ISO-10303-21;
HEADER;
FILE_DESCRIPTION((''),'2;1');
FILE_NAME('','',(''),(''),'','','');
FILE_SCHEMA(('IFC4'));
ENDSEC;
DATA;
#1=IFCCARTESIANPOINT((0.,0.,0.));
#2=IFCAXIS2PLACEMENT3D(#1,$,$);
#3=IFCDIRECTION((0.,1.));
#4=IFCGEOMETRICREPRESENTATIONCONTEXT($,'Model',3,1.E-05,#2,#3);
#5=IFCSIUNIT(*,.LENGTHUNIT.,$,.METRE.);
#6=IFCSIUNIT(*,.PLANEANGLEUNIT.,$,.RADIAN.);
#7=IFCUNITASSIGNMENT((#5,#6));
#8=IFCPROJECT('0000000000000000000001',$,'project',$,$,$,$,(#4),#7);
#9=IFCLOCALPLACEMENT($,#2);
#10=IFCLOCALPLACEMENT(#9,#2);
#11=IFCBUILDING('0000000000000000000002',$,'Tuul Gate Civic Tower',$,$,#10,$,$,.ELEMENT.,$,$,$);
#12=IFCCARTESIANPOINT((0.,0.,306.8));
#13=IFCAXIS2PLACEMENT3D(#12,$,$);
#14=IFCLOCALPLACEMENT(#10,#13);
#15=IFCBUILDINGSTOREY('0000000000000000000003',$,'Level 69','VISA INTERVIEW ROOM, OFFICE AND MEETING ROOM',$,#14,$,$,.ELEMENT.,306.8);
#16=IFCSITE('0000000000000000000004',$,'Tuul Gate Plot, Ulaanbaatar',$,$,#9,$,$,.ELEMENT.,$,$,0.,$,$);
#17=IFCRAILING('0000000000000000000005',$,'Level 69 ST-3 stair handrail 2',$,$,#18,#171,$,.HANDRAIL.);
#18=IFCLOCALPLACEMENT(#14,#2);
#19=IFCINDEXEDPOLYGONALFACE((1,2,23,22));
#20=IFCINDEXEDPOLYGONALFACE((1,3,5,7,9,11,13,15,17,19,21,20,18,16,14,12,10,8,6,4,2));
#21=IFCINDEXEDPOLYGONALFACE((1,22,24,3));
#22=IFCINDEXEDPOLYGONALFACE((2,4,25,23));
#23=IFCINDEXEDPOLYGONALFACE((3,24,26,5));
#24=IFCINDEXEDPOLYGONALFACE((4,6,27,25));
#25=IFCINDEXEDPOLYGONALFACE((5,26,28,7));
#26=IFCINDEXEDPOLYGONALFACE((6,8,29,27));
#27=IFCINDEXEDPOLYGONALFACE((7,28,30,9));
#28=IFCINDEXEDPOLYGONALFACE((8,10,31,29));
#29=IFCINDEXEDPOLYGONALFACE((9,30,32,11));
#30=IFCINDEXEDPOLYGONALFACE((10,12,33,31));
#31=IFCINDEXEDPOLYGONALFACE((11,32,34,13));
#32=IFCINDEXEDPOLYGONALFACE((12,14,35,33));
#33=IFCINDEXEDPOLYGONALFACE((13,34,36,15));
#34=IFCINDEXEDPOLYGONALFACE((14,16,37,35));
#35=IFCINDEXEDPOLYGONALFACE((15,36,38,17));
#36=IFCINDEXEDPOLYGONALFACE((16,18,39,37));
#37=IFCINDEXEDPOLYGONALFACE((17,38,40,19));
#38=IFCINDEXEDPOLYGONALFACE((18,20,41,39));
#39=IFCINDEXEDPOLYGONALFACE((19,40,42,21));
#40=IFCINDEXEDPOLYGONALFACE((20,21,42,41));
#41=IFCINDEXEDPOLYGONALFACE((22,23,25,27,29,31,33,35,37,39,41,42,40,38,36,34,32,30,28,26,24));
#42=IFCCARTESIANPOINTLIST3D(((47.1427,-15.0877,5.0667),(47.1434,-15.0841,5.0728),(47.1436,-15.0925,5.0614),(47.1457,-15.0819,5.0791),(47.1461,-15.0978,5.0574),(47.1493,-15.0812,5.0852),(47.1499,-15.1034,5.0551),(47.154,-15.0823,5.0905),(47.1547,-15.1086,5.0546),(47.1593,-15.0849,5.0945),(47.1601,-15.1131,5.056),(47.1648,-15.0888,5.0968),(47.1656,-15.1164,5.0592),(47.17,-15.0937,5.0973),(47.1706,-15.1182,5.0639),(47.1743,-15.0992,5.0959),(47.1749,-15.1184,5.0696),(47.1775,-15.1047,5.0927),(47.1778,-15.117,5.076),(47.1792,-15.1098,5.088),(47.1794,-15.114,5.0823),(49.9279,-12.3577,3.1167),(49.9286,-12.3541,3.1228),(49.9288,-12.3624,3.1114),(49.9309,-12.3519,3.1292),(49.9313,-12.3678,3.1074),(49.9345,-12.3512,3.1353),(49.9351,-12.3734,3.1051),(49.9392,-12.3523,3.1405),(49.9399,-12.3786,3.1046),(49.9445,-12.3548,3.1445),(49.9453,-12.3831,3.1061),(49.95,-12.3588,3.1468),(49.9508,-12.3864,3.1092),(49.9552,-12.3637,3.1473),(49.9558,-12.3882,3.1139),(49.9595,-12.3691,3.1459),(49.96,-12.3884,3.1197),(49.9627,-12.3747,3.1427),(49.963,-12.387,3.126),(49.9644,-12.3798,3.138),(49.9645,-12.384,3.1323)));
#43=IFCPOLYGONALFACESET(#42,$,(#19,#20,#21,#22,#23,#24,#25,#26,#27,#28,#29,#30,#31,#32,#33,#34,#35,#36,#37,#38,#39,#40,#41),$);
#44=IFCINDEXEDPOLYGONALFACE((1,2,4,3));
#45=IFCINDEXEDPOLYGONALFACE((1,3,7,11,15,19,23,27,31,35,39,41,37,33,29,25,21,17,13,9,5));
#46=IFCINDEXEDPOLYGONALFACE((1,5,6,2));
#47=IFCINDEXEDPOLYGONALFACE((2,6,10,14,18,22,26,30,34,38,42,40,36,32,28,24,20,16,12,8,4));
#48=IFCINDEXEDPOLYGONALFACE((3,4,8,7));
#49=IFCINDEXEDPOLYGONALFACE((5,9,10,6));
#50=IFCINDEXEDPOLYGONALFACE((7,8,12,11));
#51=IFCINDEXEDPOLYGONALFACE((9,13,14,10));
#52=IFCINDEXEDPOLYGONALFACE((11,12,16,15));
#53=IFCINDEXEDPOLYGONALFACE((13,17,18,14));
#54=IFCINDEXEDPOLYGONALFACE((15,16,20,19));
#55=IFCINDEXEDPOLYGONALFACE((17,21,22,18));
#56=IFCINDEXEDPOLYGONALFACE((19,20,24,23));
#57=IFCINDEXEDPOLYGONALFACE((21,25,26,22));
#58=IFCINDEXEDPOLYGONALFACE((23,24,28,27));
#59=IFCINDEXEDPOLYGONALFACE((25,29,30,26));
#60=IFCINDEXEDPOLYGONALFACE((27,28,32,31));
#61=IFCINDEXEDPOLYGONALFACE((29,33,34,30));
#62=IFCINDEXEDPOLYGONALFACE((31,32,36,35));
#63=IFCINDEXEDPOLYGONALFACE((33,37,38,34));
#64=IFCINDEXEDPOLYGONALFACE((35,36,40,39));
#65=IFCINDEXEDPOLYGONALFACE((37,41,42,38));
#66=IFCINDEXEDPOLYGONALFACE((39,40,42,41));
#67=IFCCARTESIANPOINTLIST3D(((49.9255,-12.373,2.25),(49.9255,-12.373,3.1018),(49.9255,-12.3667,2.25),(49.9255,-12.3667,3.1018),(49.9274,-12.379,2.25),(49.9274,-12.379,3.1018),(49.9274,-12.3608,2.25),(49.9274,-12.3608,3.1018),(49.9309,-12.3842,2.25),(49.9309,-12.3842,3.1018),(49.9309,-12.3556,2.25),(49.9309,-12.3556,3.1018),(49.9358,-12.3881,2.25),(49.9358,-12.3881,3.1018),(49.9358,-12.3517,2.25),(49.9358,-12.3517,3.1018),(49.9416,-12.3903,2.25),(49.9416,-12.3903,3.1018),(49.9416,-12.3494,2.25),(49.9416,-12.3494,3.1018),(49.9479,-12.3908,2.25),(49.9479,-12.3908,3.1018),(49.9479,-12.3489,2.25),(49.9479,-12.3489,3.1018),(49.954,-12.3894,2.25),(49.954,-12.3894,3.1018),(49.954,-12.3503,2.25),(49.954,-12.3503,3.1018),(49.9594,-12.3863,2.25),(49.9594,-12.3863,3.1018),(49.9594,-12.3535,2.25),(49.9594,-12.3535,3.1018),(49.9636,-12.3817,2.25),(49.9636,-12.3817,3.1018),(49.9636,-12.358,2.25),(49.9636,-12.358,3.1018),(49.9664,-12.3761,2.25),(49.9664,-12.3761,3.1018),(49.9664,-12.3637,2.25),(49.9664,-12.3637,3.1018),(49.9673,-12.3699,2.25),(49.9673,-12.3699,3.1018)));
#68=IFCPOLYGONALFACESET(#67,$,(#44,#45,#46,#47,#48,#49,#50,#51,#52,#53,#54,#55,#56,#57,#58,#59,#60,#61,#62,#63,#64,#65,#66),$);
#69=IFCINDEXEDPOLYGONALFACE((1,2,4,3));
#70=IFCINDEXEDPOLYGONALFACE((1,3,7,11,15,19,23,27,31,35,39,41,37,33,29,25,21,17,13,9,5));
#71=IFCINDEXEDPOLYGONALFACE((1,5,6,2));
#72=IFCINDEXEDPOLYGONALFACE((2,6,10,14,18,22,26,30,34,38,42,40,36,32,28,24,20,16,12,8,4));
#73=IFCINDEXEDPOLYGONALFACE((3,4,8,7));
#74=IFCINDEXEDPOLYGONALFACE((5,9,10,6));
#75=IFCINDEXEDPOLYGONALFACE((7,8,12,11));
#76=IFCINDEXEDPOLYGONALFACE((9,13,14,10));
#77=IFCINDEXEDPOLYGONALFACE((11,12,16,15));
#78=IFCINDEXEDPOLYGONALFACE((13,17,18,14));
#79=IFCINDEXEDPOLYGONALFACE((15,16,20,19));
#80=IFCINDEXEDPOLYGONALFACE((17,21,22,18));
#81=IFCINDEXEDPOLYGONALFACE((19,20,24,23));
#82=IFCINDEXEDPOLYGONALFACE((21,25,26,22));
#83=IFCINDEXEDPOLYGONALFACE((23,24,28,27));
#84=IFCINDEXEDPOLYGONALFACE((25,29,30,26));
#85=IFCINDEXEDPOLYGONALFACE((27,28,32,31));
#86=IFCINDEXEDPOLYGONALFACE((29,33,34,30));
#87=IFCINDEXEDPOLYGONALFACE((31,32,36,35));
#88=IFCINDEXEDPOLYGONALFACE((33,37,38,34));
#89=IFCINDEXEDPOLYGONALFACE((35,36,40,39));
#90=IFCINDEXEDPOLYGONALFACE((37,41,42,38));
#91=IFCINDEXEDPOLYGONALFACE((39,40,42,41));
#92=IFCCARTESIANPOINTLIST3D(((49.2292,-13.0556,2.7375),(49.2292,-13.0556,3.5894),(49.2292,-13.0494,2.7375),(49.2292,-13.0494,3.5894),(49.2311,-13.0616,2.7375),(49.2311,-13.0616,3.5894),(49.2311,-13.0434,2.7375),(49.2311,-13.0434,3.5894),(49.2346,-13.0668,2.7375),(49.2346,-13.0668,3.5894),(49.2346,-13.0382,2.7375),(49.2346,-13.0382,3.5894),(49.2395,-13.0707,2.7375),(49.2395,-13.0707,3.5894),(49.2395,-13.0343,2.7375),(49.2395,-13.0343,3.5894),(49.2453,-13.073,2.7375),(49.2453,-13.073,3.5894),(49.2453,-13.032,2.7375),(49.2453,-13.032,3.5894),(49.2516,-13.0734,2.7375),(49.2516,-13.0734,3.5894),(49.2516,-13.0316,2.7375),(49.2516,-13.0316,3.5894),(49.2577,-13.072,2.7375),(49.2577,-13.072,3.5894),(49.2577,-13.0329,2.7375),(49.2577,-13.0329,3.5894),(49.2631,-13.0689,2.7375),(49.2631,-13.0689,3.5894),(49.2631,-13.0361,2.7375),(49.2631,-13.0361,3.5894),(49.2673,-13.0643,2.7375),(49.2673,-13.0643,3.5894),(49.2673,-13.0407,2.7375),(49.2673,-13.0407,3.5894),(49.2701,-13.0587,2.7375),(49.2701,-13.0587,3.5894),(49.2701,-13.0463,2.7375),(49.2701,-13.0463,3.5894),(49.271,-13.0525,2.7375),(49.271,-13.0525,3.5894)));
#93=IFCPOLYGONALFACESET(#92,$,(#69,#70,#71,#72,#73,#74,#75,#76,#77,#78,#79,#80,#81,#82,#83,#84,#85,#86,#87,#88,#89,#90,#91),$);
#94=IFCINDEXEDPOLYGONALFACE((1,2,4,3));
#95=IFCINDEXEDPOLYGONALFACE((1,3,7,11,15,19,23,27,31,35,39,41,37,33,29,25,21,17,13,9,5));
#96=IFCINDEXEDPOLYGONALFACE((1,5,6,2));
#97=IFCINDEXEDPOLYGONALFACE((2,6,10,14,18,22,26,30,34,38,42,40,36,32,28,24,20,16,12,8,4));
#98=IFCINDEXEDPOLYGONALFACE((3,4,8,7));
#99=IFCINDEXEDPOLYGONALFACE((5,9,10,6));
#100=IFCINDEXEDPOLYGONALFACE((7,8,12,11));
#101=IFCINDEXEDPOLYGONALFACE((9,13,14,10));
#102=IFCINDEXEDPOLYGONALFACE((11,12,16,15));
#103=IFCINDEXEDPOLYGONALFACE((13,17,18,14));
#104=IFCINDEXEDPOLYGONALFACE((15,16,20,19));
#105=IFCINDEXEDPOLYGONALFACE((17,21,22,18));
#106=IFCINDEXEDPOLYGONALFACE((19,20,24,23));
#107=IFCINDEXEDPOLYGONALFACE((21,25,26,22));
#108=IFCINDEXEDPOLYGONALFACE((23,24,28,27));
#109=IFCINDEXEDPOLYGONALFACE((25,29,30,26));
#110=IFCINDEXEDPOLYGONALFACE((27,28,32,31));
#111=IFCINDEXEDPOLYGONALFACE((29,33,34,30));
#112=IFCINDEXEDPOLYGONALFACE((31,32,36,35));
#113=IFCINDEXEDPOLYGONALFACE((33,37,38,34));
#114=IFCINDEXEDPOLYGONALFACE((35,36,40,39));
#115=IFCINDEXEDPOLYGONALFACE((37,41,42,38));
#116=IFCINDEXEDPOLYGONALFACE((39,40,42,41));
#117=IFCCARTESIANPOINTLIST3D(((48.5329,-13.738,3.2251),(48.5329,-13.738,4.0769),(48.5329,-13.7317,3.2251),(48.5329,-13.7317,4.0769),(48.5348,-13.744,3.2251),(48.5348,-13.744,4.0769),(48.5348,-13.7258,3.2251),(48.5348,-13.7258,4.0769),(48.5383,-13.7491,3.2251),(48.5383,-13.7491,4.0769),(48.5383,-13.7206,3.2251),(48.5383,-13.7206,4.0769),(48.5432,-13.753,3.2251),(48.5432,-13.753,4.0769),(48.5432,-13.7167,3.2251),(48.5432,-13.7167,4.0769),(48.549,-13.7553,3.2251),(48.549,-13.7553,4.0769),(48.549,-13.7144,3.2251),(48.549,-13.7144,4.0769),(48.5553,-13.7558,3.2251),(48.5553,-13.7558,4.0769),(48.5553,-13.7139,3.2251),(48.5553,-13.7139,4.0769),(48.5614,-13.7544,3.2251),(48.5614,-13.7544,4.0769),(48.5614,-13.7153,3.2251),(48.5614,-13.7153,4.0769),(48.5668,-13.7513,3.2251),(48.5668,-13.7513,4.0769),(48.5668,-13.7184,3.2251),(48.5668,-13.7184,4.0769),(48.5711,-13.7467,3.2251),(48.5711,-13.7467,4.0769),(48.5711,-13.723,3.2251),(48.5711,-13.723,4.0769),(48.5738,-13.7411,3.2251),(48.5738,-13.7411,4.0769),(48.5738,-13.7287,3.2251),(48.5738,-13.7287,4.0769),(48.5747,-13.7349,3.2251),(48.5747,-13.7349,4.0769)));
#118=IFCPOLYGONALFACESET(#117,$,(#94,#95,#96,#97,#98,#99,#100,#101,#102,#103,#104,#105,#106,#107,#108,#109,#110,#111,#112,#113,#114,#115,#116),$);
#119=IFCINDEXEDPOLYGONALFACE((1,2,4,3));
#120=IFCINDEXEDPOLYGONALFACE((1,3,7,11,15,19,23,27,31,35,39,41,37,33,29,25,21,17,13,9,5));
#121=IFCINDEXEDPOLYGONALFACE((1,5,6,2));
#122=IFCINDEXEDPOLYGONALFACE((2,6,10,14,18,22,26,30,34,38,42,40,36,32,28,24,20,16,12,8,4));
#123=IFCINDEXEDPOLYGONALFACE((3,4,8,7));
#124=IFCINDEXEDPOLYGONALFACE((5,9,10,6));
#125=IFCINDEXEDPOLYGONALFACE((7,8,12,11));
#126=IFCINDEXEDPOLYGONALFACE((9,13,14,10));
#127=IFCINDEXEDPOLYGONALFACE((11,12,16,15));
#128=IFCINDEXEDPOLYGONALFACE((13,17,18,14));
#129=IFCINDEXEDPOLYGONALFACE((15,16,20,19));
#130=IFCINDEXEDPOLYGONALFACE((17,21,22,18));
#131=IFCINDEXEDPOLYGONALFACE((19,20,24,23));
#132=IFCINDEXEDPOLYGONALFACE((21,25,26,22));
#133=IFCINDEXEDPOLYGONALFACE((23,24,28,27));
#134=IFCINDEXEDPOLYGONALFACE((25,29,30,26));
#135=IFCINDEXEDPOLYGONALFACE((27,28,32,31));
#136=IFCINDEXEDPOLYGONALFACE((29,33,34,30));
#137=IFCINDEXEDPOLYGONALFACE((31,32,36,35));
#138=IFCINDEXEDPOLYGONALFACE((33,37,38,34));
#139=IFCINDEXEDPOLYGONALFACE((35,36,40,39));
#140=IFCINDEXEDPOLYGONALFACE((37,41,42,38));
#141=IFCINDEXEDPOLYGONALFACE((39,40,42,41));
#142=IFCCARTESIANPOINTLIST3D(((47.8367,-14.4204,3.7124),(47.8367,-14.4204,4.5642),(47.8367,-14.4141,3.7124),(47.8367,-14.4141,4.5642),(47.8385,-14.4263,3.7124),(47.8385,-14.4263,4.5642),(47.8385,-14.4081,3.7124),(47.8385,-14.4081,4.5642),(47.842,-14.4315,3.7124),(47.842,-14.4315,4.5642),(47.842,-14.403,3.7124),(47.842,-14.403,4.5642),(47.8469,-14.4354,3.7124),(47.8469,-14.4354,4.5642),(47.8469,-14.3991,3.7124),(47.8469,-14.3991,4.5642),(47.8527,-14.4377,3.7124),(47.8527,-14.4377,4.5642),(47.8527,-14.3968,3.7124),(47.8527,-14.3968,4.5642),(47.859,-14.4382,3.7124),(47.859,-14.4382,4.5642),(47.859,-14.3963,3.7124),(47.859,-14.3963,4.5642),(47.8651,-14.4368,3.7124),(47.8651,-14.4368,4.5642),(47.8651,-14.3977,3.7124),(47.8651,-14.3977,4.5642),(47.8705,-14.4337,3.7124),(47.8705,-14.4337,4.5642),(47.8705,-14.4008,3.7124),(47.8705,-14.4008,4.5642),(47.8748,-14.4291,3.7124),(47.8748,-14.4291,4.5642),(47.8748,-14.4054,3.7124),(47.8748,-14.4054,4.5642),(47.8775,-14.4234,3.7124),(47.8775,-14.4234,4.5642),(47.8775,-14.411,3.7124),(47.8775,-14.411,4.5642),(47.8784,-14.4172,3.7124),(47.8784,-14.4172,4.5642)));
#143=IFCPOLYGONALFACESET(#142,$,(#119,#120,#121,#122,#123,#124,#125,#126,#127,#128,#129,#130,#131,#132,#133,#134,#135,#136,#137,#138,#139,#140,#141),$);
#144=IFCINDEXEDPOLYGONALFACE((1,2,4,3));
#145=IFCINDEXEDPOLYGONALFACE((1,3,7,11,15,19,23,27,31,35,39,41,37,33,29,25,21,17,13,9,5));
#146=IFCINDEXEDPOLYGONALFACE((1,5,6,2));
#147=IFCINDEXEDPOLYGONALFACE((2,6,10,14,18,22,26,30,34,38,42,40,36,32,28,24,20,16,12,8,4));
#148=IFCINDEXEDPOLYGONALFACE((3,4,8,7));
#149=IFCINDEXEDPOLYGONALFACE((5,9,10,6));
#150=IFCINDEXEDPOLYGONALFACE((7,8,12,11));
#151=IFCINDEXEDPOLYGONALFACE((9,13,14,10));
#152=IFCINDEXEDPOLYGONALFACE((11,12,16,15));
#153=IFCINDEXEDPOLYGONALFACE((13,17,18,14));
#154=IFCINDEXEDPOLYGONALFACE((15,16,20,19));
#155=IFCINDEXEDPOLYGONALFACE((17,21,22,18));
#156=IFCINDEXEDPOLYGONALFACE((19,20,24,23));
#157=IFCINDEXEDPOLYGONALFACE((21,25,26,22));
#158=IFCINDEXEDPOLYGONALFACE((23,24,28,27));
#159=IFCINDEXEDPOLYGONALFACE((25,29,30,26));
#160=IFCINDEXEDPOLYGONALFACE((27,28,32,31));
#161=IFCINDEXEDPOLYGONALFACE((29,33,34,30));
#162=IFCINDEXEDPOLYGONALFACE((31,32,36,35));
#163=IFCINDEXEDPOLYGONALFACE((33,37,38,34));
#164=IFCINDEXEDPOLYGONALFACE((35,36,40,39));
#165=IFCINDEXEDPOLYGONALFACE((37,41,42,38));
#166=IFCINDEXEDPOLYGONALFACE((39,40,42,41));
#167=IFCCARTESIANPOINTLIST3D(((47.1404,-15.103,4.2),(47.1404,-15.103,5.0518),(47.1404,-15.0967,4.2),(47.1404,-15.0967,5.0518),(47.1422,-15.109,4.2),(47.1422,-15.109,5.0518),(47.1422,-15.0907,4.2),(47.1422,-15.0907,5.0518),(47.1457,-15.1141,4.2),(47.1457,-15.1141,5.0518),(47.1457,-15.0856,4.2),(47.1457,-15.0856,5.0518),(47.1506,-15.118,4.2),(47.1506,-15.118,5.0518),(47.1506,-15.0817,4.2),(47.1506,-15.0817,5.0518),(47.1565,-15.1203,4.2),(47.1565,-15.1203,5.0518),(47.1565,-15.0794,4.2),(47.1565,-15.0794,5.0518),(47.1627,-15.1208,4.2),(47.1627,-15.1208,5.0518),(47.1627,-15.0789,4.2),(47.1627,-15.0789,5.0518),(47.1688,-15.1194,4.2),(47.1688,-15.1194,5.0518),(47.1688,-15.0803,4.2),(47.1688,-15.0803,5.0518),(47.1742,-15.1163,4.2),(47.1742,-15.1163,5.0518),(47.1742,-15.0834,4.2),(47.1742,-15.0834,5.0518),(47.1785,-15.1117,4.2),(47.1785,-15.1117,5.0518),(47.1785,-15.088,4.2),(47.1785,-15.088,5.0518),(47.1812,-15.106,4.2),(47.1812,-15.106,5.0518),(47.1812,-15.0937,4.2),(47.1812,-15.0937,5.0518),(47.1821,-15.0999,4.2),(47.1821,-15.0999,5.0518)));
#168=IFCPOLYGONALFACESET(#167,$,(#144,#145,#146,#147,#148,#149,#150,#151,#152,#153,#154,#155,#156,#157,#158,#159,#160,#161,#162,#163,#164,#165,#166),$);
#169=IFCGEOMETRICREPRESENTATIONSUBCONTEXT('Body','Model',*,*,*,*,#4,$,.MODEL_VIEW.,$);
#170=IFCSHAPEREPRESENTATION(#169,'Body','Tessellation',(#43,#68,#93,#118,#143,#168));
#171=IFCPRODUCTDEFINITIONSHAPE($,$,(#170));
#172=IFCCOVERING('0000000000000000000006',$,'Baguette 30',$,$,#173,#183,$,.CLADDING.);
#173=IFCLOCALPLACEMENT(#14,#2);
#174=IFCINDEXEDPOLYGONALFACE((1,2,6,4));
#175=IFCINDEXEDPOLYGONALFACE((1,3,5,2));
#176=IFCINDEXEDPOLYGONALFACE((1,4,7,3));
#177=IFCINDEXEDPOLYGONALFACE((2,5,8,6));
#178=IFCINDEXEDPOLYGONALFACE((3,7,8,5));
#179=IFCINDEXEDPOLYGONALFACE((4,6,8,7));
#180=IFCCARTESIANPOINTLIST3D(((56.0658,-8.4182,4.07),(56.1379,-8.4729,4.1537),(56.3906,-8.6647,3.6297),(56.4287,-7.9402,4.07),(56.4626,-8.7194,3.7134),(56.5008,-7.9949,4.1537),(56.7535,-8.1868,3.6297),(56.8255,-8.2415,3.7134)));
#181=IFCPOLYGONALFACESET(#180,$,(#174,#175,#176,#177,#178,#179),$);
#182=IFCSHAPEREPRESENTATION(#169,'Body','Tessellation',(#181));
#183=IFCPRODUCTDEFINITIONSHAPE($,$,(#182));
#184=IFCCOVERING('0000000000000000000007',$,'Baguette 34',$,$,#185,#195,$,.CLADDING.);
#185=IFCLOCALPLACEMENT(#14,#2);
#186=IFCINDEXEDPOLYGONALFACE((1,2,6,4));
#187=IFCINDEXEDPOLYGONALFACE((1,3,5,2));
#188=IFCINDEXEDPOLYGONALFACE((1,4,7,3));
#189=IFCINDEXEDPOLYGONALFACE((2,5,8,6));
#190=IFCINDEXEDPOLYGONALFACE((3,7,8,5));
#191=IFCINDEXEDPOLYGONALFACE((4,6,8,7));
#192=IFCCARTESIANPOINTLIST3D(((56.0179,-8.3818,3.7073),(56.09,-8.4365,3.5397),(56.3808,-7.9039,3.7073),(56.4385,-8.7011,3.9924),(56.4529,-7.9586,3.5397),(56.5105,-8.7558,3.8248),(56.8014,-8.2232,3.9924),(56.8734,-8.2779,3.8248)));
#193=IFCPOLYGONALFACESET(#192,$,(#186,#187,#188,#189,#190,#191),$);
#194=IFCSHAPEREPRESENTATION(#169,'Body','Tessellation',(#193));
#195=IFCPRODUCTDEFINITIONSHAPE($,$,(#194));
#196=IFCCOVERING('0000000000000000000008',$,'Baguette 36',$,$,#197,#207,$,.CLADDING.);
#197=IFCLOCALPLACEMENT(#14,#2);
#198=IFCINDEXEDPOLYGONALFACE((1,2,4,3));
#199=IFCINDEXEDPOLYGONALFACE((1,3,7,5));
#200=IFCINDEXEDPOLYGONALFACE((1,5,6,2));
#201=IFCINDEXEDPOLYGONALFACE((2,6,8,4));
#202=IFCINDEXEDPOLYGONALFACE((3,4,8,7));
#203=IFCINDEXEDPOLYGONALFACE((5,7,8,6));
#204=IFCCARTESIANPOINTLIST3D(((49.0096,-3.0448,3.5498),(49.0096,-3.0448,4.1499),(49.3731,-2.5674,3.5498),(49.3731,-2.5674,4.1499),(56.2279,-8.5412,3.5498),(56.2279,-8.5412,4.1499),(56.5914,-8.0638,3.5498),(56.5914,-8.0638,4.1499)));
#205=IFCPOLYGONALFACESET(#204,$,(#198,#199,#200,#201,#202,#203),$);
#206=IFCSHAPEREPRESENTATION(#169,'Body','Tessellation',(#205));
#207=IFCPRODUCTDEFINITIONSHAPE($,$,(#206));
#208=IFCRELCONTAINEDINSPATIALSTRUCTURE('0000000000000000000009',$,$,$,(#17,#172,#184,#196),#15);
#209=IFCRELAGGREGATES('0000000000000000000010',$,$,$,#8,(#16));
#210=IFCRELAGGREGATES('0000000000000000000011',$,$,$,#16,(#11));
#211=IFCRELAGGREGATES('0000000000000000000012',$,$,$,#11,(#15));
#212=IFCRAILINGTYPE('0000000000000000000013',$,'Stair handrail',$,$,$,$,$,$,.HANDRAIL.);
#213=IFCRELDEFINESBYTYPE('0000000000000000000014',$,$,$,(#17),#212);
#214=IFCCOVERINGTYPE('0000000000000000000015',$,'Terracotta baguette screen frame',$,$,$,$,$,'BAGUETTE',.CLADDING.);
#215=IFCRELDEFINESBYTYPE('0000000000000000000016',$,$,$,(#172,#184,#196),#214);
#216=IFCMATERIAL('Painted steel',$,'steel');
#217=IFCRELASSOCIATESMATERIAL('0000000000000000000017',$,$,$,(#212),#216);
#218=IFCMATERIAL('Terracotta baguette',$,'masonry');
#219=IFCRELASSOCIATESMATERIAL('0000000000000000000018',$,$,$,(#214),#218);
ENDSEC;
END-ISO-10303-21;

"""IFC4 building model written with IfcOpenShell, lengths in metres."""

from ifc_helpers import new_model, si_unit, direction, frame, origin, origin_2d, place, context, subcontext, project, spatial, rectangle, circle, extrude, material, material_profile, profile_set, type_object, element, save


model = new_model("IFC4")

# Units and contexts
model_context = context("Model", 3, precision=1e-05, world=origin(), true_north=direction((0.0, 1.0)))
body_context = subcontext(model_context, "Body", "Model", "MODEL_VIEW")
ifc_project = project(units=[si_unit("LENGTHUNIT", "METRE"), si_unit("PLANEANGLEUNIT", "RADIAN")], contexts=[model_context])

# Site, building, storey
site_placement = place(None, origin())
site = spatial("IfcSite", under=ifc_project, at=site_placement, Name="Tuul Gate Plot, Ulaanbaatar", CompositionType="ELEMENT", RefElevation=0.0)
building_placement = place(site_placement, origin())
building = spatial("IfcBuilding", under=site, at=building_placement, Name="Tuul Gate Civic Tower", CompositionType="ELEMENT")
storey_placement = place(building_placement, frame((0.0, 0.0, 306.8)))
storey = spatial("IfcBuildingStorey", under=building, at=storey_placement, Name="Level 69", Description="VISA INTERVIEW ROOM, OFFICE AND MEETING ROOM", CompositionType="ELEMENT", Elevation=306.8)

# Railing
ifc_material_1 = material(Name="Painted steel", Category="steel")
railing_type = type_object("IfcRailingType", Name="Stair handrail", PredefinedType="HANDRAIL", material=ifc_material_1)
railing_placement = place(storey_placement, frame((49.9463, -12.3699, 2.25)))
element("IfcRailing", 1, at=railing_placement, inside=storey, type_object=railing_type, Name="Level 69 ST-3 stair handrail 2", PredefinedType="HANDRAIL", context=body_context, shape_type="SweptSolid", body=[
    extrude(circle(Radius=0.0239, at=origin_2d()), frame((0.0, 0.0, 0.876), z_axis=(-0.638754, -0.6261, 0.447206), x_axis=(0.699998, -0.714145, 0.0)), (0.0, 0.0, 1.0), 4.3604),
    extrude(circle(Radius=0.021, at=origin_2d()), origin(), (0.0, 0.0, 1.0), 0.8518),
    extrude(circle(Radius=0.021, at=origin_2d()), frame((-0.6963, -0.6826, 0.4875)), (0.0, 0.0, 1.0), 0.8518),
    extrude(circle(Radius=0.021, at=origin_2d()), frame((-1.3926, -1.365, 0.9751)), (0.0, 0.0, 1.0), 0.8518),
    extrude(circle(Radius=0.021, at=origin_2d()), frame((-2.0889, -2.0474, 1.4624)), (0.0, 0.0, 1.0), 0.8518),
    extrude(circle(Radius=0.021, at=origin_2d()), frame((-2.7852, -2.73, 1.95)), (0.0, 0.0, 1.0), 0.8518),
])

# Coverings
ifc_material_2 = material(Name="Terracotta baguette", Category="masonry")
ifc_material_profile_1 = material_profile(ifc_material_2, rectangle(XDim=0.6001, YDim=0.6001, at=origin_2d()), Name="Terracotta baguette screen frame")
ifc_profile_set_1 = profile_set([ifc_material_profile_1], Name="Terracotta baguette")
covering_type = type_object("IfcCoveringType", Name="Terracotta baguette screen frame", ElementType="BAGUETTE", PredefinedType="CLADDING", material=ifc_profile_set_1)
covering_1_placement = place(storey_placement, frame((56.4817, -8.3572, 3.9336), z_axis=(-0.584359, 0.443717, -0.679441), x_axis=(-0.604741, -0.796422, 0.0)))
element("IfcCovering", 2, at=covering_1_placement, inside=storey, type_object=covering_type, Name="Baguette 30", PredefinedType="CLADDING", context=body_context, shape_type="SweptSolid", body=[
    extrude(rectangle(XDim=0.6001, YDim=0.6001, at=origin_2d()), origin(), (0.0, 0.0, 1.0), 0.1233),
])
covering_2_placement = place(storey_placement, frame((56.4097, -8.3025, 3.8499), z_axis=(0.378393, -0.287322, -0.879923), x_axis=(0.604741, 0.796422, 0.0)))
element("IfcCovering", 3, at=covering_2_placement, inside=storey, type_object=covering_type, Name="Baguette 34", PredefinedType="CLADDING", context=body_context, shape_type="SweptSolid", body=[
    extrude(rectangle(XDim=0.6001, YDim=0.6001, at=origin_2d()), origin(), (0.0, 0.0, 1.0), 0.1904),
])
covering_3_placement = place(storey_placement, frame((56.4097, -8.3025, 3.8499), z_axis=(-0.795607, 0.605814, 0.0), x_axis=(-0.605814, -0.795607, 0.0)))
element("IfcCovering", 4, at=covering_3_placement, inside=storey, type_object=covering_type, Name="Baguette 36", PredefinedType="CLADDING", context=body_context, shape_type="SweptSolid", body=[
    extrude(rectangle(XDim=0.6001, YDim=0.6001, at=origin_2d()), origin(), (0.0, 0.0, 1.0), 9.0728),
])

save(model, "model.ifc")
